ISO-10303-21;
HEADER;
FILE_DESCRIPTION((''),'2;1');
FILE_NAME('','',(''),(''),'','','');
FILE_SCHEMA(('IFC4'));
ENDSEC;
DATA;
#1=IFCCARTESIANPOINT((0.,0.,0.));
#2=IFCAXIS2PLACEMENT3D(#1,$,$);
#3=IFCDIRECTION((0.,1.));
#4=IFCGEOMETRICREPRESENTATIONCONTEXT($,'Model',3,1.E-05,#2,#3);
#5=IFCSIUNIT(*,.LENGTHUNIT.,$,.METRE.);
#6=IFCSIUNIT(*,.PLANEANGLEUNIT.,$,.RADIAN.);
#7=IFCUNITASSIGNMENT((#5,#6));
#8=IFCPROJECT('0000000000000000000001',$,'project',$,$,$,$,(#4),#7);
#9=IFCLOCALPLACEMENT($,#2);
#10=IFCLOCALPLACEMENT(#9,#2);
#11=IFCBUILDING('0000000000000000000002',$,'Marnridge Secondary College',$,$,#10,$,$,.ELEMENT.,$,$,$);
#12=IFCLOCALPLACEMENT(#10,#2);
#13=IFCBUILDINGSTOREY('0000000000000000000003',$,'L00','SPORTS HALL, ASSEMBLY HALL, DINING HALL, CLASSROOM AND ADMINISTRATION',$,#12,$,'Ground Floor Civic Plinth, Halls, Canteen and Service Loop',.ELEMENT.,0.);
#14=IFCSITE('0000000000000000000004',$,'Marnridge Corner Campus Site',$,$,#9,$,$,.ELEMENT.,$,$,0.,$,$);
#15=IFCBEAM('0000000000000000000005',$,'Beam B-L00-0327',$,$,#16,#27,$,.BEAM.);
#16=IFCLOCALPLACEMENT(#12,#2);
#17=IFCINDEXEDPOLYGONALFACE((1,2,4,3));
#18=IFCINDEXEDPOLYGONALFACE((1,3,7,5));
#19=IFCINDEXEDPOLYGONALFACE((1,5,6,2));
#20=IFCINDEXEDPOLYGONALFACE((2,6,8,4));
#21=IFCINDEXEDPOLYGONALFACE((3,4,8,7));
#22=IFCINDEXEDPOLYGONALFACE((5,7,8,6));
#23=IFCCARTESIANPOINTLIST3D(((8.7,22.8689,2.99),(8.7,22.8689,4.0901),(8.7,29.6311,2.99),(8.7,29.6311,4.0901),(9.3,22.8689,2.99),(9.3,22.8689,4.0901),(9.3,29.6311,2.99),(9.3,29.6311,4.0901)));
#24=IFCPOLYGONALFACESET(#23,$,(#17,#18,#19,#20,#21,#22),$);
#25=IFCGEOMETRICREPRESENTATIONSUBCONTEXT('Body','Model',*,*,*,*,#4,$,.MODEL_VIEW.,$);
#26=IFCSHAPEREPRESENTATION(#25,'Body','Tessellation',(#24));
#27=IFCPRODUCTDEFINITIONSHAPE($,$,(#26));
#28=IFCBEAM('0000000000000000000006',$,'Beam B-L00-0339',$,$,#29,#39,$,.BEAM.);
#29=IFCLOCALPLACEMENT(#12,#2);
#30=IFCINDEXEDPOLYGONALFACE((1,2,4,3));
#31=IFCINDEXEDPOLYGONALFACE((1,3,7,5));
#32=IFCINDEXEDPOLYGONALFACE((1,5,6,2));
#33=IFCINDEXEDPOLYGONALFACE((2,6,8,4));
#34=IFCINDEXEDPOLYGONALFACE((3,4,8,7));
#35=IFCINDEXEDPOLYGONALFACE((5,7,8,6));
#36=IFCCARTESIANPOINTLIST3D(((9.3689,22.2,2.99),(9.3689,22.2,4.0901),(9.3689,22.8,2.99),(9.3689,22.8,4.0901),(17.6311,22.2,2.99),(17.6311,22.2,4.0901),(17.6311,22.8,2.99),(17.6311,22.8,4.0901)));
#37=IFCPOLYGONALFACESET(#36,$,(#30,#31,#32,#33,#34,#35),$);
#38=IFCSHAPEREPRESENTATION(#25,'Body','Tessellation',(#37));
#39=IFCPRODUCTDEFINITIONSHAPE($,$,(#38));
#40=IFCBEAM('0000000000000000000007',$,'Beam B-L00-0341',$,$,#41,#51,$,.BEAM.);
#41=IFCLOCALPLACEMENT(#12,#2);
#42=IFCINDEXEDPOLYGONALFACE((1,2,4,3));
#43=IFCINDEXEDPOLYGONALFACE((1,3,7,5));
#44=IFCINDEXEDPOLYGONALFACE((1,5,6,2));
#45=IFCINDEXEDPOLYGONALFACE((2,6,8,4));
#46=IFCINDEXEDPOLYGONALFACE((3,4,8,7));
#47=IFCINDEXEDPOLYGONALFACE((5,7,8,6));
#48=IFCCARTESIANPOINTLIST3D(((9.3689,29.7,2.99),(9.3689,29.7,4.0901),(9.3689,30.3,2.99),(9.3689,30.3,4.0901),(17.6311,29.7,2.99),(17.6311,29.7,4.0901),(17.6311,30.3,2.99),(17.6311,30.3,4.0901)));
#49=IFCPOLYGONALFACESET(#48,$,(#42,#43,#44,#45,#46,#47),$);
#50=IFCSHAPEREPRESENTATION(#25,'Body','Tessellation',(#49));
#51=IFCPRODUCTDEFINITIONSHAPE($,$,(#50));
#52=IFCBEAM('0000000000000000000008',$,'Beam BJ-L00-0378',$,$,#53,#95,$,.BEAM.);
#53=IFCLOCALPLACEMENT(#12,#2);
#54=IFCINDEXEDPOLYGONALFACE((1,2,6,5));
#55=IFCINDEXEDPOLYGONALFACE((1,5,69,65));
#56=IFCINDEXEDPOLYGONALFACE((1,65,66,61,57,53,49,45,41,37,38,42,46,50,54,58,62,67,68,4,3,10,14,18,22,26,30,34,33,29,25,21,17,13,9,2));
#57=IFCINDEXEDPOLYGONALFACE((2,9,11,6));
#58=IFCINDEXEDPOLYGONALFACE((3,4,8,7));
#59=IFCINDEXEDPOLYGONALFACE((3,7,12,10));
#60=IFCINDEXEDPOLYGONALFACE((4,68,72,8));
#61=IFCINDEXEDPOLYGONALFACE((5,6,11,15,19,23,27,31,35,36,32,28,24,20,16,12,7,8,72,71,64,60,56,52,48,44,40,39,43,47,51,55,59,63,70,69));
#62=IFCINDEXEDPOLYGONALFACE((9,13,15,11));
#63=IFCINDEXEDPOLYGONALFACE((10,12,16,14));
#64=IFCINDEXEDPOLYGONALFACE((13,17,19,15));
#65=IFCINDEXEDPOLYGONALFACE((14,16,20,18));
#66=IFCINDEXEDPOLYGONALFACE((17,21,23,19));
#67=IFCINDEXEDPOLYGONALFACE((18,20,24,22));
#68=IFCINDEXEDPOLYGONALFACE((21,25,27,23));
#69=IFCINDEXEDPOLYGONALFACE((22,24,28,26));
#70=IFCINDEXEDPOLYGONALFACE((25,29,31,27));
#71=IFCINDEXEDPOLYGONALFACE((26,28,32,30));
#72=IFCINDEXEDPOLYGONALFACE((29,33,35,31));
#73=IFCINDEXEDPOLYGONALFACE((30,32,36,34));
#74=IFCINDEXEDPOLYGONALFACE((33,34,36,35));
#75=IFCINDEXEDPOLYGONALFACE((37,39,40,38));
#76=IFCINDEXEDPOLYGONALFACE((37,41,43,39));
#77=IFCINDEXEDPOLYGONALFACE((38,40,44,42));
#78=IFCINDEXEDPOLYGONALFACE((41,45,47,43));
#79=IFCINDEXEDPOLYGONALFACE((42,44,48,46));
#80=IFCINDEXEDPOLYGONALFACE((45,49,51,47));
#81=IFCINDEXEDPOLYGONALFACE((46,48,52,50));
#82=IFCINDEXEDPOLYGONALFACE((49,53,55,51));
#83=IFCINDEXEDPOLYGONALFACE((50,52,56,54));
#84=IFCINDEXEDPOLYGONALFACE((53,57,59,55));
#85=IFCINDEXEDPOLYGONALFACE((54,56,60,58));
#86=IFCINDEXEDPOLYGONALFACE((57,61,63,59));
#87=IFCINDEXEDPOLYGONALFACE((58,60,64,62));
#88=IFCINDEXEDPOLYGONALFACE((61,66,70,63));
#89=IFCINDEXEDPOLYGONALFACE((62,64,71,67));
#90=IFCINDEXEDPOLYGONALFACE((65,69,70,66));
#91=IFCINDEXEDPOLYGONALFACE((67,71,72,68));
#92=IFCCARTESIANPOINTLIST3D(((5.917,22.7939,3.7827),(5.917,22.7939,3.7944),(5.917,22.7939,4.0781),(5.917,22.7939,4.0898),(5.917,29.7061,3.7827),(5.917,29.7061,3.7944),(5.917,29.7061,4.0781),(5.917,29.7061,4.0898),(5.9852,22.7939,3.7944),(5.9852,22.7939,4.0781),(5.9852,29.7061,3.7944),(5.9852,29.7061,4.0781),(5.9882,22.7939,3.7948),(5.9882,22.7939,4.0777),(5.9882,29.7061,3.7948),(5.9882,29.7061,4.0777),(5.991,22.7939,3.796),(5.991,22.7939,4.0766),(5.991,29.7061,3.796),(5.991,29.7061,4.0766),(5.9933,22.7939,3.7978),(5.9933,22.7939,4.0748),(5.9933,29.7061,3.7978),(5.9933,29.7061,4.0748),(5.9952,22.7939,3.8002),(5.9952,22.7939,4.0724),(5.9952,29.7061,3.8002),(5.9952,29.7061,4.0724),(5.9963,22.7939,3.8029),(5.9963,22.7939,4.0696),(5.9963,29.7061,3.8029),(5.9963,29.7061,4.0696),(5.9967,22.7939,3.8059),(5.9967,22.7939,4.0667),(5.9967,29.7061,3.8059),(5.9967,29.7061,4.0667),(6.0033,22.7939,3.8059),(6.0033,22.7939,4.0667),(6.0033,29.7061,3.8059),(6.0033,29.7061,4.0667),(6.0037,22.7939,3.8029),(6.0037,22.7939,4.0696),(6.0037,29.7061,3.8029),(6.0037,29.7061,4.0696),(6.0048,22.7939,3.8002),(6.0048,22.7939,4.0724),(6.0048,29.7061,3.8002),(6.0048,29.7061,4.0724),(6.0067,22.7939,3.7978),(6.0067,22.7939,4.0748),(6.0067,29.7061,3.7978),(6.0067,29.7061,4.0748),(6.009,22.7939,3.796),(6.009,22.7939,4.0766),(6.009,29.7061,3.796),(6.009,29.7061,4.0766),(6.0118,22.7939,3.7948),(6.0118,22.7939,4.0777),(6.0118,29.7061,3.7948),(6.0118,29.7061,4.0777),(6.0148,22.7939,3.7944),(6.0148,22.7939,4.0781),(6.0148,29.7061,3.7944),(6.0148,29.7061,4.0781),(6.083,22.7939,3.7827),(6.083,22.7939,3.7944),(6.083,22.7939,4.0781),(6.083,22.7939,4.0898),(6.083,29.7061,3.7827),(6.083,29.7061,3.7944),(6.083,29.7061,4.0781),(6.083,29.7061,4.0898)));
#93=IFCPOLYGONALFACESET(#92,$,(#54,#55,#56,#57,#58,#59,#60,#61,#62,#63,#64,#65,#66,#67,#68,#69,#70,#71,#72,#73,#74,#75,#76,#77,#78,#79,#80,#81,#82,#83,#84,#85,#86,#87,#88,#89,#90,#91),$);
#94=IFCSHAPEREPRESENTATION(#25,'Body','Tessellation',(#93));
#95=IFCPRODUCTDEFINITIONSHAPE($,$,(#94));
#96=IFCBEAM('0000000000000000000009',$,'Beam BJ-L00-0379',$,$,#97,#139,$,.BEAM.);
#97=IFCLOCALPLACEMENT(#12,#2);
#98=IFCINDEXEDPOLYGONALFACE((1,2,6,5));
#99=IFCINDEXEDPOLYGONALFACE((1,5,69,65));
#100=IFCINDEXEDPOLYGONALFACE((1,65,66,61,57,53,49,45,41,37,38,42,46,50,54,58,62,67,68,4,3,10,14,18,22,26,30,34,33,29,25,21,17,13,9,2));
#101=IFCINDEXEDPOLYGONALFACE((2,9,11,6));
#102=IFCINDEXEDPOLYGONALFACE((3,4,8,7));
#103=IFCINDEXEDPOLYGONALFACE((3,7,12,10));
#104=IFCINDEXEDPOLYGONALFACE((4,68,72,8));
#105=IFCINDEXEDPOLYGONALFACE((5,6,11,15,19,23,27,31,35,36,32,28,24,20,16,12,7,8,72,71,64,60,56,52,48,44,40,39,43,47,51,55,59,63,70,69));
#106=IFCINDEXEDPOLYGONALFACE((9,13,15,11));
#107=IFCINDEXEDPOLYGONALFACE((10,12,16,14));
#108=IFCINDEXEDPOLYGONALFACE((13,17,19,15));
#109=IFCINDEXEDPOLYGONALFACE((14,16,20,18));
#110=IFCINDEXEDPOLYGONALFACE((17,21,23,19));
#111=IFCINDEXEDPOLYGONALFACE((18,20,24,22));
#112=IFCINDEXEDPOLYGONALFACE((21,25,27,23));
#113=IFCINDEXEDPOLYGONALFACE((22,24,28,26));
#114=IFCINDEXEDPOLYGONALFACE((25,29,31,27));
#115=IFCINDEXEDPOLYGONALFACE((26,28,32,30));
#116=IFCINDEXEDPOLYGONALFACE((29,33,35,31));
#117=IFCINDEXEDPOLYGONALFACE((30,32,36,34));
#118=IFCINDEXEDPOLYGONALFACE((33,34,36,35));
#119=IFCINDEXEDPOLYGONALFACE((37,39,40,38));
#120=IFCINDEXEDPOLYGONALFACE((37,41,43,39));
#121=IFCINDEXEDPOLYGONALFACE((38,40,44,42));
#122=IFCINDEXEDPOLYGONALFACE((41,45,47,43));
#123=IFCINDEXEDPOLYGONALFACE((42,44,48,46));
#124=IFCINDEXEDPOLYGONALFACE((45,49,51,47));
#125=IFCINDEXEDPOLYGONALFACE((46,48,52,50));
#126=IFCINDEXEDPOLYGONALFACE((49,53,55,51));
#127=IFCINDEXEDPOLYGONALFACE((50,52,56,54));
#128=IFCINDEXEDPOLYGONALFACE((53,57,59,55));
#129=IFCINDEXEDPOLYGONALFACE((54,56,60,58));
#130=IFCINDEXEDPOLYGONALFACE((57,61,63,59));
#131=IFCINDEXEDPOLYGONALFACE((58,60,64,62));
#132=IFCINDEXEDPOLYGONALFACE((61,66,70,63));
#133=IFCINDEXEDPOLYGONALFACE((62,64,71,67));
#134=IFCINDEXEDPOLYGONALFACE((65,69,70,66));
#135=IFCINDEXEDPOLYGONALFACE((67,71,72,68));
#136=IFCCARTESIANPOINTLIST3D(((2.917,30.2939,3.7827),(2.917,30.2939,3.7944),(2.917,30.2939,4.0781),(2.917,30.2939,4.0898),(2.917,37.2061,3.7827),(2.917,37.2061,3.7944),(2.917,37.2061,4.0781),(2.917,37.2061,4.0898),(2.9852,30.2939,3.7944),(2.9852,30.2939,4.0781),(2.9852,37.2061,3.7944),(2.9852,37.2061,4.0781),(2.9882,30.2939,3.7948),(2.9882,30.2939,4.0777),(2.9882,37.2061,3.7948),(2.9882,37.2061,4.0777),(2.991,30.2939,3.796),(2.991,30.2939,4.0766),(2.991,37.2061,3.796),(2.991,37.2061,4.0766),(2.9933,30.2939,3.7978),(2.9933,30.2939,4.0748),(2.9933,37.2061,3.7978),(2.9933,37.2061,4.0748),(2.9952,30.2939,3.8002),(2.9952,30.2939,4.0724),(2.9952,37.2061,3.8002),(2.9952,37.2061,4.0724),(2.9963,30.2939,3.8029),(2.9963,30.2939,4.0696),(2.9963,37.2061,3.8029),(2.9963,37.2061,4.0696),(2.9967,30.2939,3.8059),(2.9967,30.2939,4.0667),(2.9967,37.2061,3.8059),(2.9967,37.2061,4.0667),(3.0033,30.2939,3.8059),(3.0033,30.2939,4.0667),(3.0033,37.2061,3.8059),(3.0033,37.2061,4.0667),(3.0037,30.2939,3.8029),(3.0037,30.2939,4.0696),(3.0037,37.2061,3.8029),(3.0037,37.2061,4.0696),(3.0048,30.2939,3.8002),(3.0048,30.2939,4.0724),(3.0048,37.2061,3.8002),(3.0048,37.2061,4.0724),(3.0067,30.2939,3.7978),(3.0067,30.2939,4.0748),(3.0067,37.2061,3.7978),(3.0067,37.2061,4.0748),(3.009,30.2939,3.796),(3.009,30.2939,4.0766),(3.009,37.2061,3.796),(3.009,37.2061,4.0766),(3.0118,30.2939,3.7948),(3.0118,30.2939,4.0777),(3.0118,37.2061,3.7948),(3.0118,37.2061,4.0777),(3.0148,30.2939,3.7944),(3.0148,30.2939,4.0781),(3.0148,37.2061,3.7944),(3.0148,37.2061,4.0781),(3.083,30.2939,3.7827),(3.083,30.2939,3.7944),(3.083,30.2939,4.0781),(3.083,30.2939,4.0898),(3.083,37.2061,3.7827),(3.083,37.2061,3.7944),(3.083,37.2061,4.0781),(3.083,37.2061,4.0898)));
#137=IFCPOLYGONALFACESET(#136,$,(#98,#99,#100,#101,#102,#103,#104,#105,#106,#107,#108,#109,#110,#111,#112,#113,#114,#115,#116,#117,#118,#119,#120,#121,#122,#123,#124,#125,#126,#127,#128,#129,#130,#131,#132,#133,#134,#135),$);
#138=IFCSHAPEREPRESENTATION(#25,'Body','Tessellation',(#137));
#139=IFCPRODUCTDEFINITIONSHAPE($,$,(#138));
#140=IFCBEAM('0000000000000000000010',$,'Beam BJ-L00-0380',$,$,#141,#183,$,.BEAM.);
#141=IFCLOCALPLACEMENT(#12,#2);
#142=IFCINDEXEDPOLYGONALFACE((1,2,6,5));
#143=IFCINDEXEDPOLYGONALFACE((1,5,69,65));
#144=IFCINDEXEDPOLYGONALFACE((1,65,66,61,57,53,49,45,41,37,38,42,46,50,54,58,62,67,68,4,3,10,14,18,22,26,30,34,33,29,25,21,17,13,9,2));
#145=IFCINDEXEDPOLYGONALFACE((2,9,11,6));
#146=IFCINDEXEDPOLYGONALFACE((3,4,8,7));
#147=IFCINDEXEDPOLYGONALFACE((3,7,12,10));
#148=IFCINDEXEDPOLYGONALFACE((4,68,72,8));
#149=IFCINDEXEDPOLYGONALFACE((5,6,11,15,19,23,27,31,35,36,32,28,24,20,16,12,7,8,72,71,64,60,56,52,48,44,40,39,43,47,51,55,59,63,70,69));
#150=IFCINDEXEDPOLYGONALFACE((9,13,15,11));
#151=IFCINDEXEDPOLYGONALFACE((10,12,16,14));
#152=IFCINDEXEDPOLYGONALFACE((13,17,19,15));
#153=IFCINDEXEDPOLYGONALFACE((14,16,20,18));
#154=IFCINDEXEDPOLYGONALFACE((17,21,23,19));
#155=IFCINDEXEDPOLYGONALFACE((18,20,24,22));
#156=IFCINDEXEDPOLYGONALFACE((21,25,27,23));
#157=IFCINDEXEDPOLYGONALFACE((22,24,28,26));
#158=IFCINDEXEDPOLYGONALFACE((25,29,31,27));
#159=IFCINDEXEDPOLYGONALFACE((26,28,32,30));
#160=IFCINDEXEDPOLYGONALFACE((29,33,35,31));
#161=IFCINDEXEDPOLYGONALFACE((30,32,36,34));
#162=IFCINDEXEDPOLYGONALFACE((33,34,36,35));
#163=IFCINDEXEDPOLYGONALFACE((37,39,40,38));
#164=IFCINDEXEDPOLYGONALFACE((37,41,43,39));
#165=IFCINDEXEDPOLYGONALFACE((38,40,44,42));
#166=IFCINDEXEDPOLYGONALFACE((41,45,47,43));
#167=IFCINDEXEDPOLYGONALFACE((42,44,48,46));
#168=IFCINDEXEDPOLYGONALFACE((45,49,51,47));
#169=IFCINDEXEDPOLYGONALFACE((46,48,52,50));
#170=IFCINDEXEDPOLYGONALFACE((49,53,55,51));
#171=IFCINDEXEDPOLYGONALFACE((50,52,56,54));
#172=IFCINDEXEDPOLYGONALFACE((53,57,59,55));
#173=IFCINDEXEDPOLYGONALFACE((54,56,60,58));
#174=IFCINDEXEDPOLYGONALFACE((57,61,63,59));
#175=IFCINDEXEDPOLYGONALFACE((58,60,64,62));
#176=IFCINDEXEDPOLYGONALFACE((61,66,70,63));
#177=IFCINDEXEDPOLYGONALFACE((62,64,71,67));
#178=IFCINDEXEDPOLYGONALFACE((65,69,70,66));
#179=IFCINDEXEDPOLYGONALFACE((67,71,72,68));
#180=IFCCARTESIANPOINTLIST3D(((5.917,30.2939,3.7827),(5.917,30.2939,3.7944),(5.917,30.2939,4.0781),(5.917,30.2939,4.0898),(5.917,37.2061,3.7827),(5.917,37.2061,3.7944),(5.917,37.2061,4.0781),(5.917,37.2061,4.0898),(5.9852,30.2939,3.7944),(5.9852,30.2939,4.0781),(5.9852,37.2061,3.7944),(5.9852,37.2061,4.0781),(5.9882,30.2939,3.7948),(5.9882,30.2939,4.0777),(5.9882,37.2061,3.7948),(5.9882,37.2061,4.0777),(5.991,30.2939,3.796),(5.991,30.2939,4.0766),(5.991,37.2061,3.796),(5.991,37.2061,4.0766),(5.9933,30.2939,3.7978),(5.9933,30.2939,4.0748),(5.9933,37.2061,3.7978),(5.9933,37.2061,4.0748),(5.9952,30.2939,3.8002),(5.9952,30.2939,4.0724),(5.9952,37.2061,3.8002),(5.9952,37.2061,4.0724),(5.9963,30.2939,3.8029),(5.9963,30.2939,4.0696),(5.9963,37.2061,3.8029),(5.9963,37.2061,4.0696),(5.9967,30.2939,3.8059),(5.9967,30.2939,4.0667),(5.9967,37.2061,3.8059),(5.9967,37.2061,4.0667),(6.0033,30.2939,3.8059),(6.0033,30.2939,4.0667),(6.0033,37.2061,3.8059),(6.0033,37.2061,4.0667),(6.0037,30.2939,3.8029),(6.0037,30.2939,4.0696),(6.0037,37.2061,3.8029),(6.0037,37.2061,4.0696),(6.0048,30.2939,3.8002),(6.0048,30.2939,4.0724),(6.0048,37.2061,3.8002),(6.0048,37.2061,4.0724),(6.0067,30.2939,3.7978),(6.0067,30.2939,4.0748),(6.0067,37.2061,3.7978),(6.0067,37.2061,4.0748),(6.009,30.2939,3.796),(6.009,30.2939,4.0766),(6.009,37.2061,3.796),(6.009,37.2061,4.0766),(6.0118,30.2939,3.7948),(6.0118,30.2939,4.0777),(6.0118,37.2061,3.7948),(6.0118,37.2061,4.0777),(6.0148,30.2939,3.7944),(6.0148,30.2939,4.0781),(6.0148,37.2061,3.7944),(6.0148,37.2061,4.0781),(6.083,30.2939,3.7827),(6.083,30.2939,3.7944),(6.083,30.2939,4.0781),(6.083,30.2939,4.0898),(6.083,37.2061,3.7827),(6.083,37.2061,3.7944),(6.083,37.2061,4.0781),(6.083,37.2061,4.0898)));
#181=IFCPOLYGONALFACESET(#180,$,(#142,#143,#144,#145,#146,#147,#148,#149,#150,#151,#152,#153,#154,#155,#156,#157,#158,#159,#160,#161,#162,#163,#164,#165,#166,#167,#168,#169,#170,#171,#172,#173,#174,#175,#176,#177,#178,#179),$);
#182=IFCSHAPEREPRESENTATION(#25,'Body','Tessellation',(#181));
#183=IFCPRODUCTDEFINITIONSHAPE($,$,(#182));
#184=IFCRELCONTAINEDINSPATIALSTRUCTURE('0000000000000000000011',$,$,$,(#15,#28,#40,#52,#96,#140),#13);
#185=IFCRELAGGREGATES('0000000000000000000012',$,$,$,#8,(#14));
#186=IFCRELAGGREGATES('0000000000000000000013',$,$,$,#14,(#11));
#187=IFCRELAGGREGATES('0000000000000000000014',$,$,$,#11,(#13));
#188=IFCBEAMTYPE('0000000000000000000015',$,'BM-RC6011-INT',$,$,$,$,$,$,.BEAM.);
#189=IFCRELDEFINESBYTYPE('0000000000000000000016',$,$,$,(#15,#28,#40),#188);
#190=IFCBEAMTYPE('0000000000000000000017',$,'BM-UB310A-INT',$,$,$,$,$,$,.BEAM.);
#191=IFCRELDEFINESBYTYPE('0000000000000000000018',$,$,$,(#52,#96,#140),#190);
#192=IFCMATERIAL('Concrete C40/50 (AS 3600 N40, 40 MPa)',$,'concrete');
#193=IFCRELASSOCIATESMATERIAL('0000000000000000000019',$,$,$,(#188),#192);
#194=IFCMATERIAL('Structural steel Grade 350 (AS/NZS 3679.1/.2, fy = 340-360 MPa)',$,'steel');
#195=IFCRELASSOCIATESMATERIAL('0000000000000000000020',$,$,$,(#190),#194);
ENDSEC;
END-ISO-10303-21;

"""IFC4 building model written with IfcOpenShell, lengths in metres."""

from ifc_helpers import new_model, si_unit, direction, frame, origin, origin_2d, place, context, subcontext, project, spatial, rectangle, i_section, extrude, material, material_profile, profile_set, type_object, element, save


model = new_model("IFC4")

# Units and contexts
model_context = context("Model", 3, precision=1e-05, world=origin(), true_north=direction((0.0, 1.0)))
body_context = subcontext(model_context, "Body", "Model", "MODEL_VIEW")
ifc_project = project(units=[si_unit("LENGTHUNIT", "METRE"), si_unit("PLANEANGLEUNIT", "RADIAN")], contexts=[model_context])

# Site, building, storey
site_placement = place(None, origin())
site = spatial("IfcSite", under=ifc_project, at=site_placement, Name="Marnridge Corner Campus Site", CompositionType="ELEMENT", RefElevation=0.0)
building_placement = place(site_placement, origin())
building = spatial("IfcBuilding", under=site, at=building_placement, Name="Marnridge Secondary College", CompositionType="ELEMENT")
storey_placement = place(building_placement, origin())
storey = spatial("IfcBuildingStorey", under=building, at=storey_placement, Name="L00", Description="SPORTS HALL, ASSEMBLY HALL, DINING HALL, CLASSROOM AND ADMINISTRATION", LongName="Ground Floor Civic Plinth, Halls, Canteen and Service Loop", CompositionType="ELEMENT", Elevation=0.0)

# Beams
ifc_material_1 = material(Name="Concrete C40/50 (AS 3600 N40, 40 MPa)", Category="concrete")
ifc_material_profile_1 = material_profile(ifc_material_1, rectangle(XDim=0.6001, YDim=1.1001, at=origin_2d()), Name="RC 600x1100")
ifc_profile_set_1 = profile_set([ifc_material_profile_1], Name="Concrete C40/50 (AS 3600 N40, 40 MPa)")
beam_type_1 = type_object("IfcBeamType", Name="BM-RC6011-INT", PredefinedType="BEAM", material=ifc_profile_set_1)
beam_placement = place(storey_placement, frame((9.0, 22.8689, 3.54), z_axis=(0.0, 1.0, 0.0), x_axis=(-1.0, 0.0, 0.0)))
element("IfcBeam", 1, at=beam_placement, inside=storey, type_object=beam_type_1, Name="Beam B-L00-0327", PredefinedType="BEAM", context=body_context, shape_type="SweptSolid", body=[
    extrude(rectangle(XDim=0.6001, YDim=1.1001, at=origin_2d()), origin(), (0.0, 0.0, 1.0), 6.7622),
])
for number, where, z_axis, x_axis, name in (
    (2, (9.3689, 22.5, 3.54), (1.0, 0.0, 0.0), (0.0, 1.0, 0.0), "Beam B-L00-0339"),
    (3, (9.3689, 30.0, 3.54), (1.0, 0.0, 0.0), (0.0, 1.0, 0.0), "Beam B-L00-0341"),
):
    element("IfcBeam", number, at=place(storey_placement, frame(where, z_axis=z_axis, x_axis=x_axis)), inside=storey, type_object=beam_type_1, Name=name, PredefinedType="BEAM", context=body_context, shape_type="SweptSolid", body=[
        extrude(rectangle(XDim=0.6001, YDim=1.1001, at=origin_2d()), origin(), (0.0, 0.0, 1.0), 8.2622),
    ])
ifc_material_2 = material(Name="Structural steel Grade 350 (AS/NZS 3679.1/.2, fy = 340-360 MPa)", Category="steel")
ifc_material_profile_2 = material_profile(ifc_material_2, i_section(OverallWidth=0.166, OverallDepth=0.3071, WebThickness=0.0066, FlangeThickness=0.0117, FilletRadius=0.0115, at=origin_2d()), Name="310UB46.2")
ifc_profile_set_2 = profile_set([ifc_material_profile_2], Name="Structural steel Grade 350 (AS/NZS 3679.1/.2, fy = 340-360 MPa)")
beam_type_2 = type_object("IfcBeamType", Name="BM-UB310A-INT", PredefinedType="BEAM", material=ifc_profile_set_2)
for number, where, z_axis, x_axis, name in (
    (4, (6.0, 22.7939, 3.9363), (0.0, 1.0, 0.0), (-1.0, 0.0, 0.0), "Beam BJ-L00-0378"),
    (5, (3.0, 30.2939, 3.9363), (0.0, 1.0, 0.0), (-1.0, 0.0, 0.0), "Beam BJ-L00-0379"),
    (6, (6.0, 30.2939, 3.9363), (0.0, 1.0, 0.0), (-1.0, 0.0, 0.0), "Beam BJ-L00-0380"),
):
    element("IfcBeam", number, at=place(storey_placement, frame(where, z_axis=z_axis, x_axis=x_axis)), inside=storey, type_object=beam_type_2, Name=name, PredefinedType="BEAM", context=body_context, shape_type="SweptSolid", body=[
        extrude(i_section(OverallWidth=0.166, OverallDepth=0.3071, WebThickness=0.0066, FlangeThickness=0.0117, FilletRadius=0.0115, at=origin_2d()), origin(), (0.0, 0.0, 1.0), 6.9121),
    ])

save(model, "model.ifc")
